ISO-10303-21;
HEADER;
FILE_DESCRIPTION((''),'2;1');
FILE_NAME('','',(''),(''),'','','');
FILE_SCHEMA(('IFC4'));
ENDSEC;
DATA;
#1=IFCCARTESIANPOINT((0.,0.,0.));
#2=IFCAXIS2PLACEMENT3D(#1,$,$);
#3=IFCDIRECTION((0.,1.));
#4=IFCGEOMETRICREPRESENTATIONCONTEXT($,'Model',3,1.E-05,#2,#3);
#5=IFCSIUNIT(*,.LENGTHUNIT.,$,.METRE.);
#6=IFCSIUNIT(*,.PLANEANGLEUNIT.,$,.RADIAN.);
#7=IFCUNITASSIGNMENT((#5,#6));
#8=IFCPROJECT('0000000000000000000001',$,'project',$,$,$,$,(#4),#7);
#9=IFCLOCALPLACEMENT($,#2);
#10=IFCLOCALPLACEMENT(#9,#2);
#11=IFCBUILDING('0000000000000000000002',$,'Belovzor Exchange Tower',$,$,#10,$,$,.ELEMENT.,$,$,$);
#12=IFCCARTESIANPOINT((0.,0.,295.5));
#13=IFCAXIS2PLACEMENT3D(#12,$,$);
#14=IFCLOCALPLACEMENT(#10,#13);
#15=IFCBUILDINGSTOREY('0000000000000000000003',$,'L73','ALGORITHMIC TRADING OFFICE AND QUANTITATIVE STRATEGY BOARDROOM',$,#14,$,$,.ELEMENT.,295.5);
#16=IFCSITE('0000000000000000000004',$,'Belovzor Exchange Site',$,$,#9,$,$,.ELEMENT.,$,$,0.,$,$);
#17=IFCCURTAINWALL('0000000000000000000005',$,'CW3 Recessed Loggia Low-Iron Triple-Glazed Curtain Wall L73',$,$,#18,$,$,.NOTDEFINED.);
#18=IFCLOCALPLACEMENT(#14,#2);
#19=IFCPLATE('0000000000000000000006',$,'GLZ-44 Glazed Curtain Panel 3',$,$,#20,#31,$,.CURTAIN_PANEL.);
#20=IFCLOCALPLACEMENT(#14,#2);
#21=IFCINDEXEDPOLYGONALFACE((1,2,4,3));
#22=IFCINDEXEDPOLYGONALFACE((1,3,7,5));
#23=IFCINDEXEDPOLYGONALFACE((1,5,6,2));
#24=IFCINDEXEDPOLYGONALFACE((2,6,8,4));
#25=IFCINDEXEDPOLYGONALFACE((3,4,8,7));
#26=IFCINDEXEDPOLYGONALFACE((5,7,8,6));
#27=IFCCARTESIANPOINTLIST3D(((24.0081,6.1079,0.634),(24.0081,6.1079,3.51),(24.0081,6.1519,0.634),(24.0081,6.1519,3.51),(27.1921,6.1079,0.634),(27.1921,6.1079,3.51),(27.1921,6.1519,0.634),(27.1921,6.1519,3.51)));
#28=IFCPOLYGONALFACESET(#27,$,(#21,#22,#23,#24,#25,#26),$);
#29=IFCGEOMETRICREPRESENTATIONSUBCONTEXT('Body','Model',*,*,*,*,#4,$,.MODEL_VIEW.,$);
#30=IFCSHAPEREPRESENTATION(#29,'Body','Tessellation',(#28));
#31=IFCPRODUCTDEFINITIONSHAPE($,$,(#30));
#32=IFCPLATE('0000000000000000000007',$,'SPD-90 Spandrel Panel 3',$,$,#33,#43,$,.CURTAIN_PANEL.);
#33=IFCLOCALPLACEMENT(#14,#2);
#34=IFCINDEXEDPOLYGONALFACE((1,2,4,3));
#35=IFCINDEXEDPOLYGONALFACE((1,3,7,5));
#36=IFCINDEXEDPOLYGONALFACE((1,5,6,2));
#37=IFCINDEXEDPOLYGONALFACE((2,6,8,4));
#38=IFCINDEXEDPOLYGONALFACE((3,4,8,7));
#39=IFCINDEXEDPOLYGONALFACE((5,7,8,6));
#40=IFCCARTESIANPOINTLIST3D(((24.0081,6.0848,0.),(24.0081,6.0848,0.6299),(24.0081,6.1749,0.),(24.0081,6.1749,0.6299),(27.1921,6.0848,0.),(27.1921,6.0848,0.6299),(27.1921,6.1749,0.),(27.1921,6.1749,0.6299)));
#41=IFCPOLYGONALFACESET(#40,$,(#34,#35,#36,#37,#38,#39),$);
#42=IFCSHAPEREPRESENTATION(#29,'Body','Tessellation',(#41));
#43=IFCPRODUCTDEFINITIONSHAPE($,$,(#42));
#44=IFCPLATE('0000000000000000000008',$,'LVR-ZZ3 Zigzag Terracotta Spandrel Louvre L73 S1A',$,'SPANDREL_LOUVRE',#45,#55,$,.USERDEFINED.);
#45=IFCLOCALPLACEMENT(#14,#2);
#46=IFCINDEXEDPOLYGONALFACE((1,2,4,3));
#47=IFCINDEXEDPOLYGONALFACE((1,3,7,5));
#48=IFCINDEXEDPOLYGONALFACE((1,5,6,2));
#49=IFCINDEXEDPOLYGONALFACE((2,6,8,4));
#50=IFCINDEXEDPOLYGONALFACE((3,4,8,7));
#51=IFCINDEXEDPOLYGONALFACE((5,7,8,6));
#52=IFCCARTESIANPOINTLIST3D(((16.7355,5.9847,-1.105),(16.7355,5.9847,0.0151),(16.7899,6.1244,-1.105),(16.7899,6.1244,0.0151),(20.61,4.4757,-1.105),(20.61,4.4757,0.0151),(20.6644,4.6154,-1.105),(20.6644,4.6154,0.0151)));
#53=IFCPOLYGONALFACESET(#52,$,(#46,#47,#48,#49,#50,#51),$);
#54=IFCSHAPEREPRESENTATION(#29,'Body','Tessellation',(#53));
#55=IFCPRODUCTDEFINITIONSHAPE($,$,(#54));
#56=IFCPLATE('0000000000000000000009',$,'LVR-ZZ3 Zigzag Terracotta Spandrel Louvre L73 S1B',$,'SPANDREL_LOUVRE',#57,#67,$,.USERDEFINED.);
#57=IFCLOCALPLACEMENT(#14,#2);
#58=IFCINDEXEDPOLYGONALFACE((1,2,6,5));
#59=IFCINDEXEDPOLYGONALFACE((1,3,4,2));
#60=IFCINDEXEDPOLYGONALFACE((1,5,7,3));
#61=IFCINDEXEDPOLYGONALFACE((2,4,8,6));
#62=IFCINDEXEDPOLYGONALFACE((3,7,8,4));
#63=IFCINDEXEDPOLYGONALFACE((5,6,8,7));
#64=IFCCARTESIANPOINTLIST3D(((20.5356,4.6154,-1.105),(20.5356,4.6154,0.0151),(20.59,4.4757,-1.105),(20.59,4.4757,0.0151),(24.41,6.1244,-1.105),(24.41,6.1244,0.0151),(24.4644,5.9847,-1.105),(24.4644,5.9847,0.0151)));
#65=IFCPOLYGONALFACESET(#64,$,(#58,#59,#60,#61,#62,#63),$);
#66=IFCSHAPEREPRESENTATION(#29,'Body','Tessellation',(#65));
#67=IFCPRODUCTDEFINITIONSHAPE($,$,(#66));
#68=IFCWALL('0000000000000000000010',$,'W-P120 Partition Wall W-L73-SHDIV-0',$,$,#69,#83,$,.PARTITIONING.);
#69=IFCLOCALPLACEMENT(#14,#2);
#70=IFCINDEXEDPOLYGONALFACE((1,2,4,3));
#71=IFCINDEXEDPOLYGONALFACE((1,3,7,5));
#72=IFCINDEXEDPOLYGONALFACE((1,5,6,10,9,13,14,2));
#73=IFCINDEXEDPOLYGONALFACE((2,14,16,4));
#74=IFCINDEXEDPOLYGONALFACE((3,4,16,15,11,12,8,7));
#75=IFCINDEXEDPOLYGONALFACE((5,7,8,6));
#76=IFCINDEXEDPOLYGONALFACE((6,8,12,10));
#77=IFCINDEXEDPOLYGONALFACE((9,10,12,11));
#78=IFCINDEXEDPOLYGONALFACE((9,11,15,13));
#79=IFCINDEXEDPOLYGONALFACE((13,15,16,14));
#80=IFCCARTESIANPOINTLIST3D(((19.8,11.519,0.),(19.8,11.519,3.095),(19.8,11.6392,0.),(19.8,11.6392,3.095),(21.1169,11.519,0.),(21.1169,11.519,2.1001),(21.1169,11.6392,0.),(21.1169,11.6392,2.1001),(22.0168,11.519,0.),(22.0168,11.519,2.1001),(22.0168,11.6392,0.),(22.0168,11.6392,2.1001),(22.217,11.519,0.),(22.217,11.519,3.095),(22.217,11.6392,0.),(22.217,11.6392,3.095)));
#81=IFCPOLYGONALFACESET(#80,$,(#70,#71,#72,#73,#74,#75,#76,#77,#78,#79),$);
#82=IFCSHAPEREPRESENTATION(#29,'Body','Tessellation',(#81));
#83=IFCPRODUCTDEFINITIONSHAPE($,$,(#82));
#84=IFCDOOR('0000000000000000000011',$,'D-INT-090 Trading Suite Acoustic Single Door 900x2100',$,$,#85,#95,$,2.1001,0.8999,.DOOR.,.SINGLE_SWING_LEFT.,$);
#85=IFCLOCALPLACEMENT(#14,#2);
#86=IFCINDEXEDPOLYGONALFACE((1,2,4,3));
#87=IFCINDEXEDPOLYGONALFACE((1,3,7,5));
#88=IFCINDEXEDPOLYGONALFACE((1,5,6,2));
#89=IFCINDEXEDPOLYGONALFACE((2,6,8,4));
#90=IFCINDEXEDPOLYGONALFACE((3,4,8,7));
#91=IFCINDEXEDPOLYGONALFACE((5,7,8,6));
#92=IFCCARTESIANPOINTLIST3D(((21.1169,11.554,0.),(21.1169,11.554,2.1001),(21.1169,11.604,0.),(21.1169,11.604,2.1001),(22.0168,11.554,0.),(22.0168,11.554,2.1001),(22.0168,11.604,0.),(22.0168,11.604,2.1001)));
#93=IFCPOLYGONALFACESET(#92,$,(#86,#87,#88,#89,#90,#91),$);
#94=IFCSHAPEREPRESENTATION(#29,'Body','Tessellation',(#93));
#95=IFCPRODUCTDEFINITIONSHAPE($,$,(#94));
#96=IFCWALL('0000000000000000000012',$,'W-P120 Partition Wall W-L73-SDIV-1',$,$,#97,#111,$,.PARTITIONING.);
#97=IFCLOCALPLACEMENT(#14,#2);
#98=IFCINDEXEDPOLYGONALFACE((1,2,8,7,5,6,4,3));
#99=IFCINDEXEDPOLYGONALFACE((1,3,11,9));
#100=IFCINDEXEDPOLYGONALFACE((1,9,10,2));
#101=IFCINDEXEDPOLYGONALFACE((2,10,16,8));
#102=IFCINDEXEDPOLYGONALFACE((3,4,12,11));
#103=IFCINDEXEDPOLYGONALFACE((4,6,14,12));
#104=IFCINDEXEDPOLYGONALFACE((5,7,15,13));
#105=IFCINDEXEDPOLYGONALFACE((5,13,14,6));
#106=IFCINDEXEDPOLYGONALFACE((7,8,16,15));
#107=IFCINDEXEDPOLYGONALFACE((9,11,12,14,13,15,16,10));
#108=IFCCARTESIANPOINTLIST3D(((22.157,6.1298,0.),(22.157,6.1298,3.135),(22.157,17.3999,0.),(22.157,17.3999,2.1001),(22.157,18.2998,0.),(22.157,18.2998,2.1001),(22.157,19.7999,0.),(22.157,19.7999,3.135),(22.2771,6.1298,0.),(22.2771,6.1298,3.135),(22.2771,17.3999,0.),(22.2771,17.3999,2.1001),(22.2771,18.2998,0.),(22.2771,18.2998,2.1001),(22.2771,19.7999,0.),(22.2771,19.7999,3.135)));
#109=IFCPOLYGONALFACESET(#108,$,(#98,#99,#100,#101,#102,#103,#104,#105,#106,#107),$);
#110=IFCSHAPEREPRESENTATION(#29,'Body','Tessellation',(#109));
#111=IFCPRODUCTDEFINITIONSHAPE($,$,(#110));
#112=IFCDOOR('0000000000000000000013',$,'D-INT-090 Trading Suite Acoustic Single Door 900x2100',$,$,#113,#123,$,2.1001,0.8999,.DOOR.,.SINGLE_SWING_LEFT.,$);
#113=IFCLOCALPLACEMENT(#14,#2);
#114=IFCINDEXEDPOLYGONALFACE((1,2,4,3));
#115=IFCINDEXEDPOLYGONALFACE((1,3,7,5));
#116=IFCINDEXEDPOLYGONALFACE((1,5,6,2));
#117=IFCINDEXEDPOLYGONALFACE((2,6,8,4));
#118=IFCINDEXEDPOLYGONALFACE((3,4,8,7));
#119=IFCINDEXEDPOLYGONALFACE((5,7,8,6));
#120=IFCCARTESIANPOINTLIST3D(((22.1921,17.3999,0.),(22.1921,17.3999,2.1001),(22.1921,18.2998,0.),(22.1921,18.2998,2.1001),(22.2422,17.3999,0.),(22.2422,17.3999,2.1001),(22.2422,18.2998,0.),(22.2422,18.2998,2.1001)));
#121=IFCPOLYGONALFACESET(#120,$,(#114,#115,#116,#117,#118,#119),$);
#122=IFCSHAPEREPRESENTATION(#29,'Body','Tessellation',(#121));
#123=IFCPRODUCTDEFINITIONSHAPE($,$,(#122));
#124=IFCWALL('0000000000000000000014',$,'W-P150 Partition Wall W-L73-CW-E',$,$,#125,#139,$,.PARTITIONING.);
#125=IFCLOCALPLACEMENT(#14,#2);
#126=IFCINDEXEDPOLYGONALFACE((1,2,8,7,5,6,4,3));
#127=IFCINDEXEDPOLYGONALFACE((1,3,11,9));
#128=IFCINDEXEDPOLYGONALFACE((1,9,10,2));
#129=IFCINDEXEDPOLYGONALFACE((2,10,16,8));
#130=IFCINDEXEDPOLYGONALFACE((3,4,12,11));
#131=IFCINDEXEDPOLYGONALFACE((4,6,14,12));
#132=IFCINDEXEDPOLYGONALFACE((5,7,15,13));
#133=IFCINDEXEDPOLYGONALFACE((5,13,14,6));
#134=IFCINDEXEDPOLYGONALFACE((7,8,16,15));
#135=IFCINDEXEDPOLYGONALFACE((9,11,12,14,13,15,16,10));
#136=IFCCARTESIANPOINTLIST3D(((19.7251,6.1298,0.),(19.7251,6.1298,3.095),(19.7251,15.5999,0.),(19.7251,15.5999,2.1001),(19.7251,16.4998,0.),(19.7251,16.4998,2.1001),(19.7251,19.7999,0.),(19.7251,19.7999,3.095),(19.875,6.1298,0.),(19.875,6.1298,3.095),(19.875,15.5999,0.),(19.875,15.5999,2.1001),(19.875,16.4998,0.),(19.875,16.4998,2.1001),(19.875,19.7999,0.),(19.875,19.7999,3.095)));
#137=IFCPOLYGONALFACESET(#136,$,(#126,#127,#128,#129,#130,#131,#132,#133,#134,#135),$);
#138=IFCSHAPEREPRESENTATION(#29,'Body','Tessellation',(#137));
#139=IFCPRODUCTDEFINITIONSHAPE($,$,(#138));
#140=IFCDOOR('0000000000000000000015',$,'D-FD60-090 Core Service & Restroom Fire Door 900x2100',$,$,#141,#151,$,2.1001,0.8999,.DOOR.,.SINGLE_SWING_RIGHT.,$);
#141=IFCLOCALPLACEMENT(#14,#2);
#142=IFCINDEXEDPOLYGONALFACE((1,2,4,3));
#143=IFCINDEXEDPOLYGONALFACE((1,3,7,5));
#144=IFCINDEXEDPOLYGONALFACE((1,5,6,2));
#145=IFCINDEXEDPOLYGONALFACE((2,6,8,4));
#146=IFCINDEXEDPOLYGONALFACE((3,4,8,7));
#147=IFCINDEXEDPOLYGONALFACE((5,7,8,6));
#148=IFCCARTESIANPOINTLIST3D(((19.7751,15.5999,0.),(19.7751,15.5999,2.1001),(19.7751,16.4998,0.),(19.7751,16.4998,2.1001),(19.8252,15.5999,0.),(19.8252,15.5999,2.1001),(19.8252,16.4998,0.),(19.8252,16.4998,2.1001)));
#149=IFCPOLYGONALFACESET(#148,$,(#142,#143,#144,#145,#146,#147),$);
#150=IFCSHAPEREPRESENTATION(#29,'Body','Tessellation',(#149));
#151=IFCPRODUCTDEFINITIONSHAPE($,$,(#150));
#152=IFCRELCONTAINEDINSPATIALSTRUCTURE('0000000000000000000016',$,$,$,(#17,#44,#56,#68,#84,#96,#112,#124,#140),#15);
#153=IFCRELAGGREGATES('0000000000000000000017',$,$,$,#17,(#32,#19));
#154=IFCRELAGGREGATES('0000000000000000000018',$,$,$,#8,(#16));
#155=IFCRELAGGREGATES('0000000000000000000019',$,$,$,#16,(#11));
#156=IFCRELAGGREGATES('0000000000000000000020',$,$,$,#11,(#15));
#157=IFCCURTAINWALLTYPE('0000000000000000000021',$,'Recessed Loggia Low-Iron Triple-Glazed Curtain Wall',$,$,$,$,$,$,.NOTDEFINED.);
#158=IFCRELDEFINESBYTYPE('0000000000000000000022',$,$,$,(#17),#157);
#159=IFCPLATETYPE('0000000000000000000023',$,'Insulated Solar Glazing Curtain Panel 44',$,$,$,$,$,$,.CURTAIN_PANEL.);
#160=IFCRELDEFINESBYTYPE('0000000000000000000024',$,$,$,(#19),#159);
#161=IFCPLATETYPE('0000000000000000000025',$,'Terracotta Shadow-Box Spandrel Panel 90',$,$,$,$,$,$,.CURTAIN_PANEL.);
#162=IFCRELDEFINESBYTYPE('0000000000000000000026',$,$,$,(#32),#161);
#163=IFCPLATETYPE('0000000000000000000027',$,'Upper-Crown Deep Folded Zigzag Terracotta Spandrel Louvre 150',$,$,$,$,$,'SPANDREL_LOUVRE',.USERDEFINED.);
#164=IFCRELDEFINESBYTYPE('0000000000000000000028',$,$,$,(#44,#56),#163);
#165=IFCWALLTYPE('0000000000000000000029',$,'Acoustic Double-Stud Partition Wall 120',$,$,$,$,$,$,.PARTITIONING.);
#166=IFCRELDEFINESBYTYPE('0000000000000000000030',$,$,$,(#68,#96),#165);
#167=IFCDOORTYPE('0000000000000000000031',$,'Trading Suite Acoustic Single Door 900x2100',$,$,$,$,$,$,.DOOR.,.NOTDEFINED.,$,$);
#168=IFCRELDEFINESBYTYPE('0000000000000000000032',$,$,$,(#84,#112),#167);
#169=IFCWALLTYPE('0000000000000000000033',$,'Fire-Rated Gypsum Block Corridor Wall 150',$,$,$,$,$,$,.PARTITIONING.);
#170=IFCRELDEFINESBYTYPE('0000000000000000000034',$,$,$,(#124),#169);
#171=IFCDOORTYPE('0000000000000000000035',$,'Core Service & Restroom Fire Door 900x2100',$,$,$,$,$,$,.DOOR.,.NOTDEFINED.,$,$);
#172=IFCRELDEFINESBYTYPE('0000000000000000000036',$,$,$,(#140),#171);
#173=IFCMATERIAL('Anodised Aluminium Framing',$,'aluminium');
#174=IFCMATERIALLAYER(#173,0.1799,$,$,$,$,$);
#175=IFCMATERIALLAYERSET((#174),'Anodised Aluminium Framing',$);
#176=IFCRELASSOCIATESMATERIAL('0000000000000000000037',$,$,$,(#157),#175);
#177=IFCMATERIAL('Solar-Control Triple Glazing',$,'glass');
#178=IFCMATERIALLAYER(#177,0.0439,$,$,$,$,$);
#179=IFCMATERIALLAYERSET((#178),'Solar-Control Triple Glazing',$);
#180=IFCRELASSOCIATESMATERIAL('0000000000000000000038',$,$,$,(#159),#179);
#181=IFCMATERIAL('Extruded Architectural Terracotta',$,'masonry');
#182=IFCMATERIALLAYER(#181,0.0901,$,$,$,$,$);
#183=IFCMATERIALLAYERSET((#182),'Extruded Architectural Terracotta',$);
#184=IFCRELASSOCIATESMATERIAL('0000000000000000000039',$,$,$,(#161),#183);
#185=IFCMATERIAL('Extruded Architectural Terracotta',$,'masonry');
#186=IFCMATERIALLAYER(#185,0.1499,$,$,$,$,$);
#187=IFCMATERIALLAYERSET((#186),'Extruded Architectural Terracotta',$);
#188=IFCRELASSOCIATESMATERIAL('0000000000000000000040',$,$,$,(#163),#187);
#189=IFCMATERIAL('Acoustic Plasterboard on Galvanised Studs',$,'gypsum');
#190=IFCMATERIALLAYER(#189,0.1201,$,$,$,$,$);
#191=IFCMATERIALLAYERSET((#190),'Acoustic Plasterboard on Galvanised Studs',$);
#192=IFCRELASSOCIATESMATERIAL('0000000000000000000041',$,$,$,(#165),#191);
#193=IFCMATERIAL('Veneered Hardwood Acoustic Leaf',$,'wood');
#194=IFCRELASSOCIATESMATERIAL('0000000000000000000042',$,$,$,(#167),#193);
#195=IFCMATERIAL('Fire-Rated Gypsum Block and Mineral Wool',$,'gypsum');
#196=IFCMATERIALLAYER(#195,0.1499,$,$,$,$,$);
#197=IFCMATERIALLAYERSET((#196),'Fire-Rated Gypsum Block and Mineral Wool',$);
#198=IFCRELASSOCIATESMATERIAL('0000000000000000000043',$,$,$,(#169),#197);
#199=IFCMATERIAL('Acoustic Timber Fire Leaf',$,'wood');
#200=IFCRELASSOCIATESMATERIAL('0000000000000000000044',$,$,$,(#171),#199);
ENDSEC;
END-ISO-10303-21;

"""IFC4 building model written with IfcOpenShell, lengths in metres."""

from ifc_helpers import new_model, si_unit, direction, frame, frame_2d, origin, origin_2d, place, context, subcontext, project, spatial, rectangle, extrude, material, layer, layer_set, type_object, element, fill, aggregate, save


model = new_model("IFC4")

# Units and contexts
model_context = context("Model", 3, precision=1e-05, world=origin(), true_north=direction((0.0, 1.0)))
body_context = subcontext(model_context, "Body", "Model", "MODEL_VIEW")
ifc_project = project(units=[si_unit("LENGTHUNIT", "METRE"), si_unit("PLANEANGLEUNIT", "RADIAN")], contexts=[model_context])

# Site, building, storey
site_placement = place(None, origin())
site = spatial("IfcSite", under=ifc_project, at=site_placement, Name="Belovzor Exchange Site", CompositionType="ELEMENT", RefElevation=0.0)
building_placement = place(site_placement, origin())
building = spatial("IfcBuilding", under=site, at=building_placement, Name="Belovzor Exchange Tower", CompositionType="ELEMENT")
storey_placement = place(building_placement, frame((0.0, 0.0, 295.5)))
storey = spatial("IfcBuildingStorey", under=building, at=storey_placement, Name="L73", Description="ALGORITHMIC TRADING OFFICE AND QUANTITATIVE STRATEGY BOARDROOM", CompositionType="ELEMENT", Elevation=295.5)

# Curtain wall
ifc_material_1 = material(Name="Anodised Aluminium Framing", Category="aluminium")
ifc_layer_1 = layer(ifc_material_1, 0.1799)
ifc_layer_set_1 = layer_set([ifc_layer_1], Name="Anodised Aluminium Framing")
curtain_wall_type = type_object("IfcCurtainWallType", Name="Recessed Loggia Low-Iron Triple-Glazed Curtain Wall", PredefinedType="NOTDEFINED", material=ifc_layer_set_1)
curtain_wall_placement = place(storey_placement, origin())
curtain_wall = element("IfcCurtainWall", 1, at=curtain_wall_placement, inside=storey, type_object=curtain_wall_type, Name="CW3 Recessed Loggia Low-Iron Triple-Glazed Curtain Wall L73", PredefinedType="NOTDEFINED")

# Plates
ifc_material_2 = material(Name="Solar-Control Triple Glazing", Category="glass")
ifc_layer_2 = layer(ifc_material_2, 0.0439)
ifc_layer_set_2 = layer_set([ifc_layer_2], Name="Solar-Control Triple Glazing")
plate_type_1 = type_object("IfcPlateType", Name="Insulated Solar Glazing Curtain Panel 44", PredefinedType="CURTAIN_PANEL", material=ifc_layer_set_2)
plate_1_placement = place(storey_placement, frame((25.6001, 6.1299, 0.634), z_axis=(0.0, 0.0, 1.0), x_axis=(-1.0, 0.0, 0.0)))
plate_1 = element("IfcPlate", 2, at=plate_1_placement, type_object=plate_type_1, Name="GLZ-44 Glazed Curtain Panel 3", PredefinedType="CURTAIN_PANEL", context=body_context, shape_type="SweptSolid", body=[
    extrude(rectangle(XDim=3.1841, YDim=0.0439, at=origin_2d()), origin(), (0.0, 0.0, 1.0), 2.876),
])
ifc_material_3 = material(Name="Extruded Architectural Terracotta", Category="masonry")
ifc_layer_3 = layer(ifc_material_3, 0.0901)
ifc_layer_set_3 = layer_set([ifc_layer_3], Name="Extruded Architectural Terracotta")
plate_type_2 = type_object("IfcPlateType", Name="Terracotta Shadow-Box Spandrel Panel 90", PredefinedType="CURTAIN_PANEL", material=ifc_layer_set_3)
plate_2_placement = place(storey_placement, frame((25.6001, 6.1299, 0.0), z_axis=(0.0, 0.0, 1.0), x_axis=(-1.0, 0.0, 0.0)))
plate_2 = element("IfcPlate", 3, at=plate_2_placement, type_object=plate_type_2, Name="SPD-90 Spandrel Panel 3", PredefinedType="CURTAIN_PANEL", context=body_context, shape_type="SweptSolid", body=[
    extrude(rectangle(XDim=3.1841, YDim=0.0901, at=origin_2d()), origin(), (0.0, 0.0, 1.0), 0.6299),
])
aggregate(curtain_wall, [plate_2, plate_1])

# Plates
ifc_material_4 = material(Name="Extruded Architectural Terracotta", Category="masonry")
ifc_layer_4 = layer(ifc_material_4, 0.1499)
ifc_layer_set_4 = layer_set([ifc_layer_4], Name="Extruded Architectural Terracotta")
plate_type_3 = type_object("IfcPlateType", Name="Upper-Crown Deep Folded Zigzag Terracotta Spandrel Louvre 150", ElementType="SPANDREL_LOUVRE", PredefinedType="USERDEFINED", material=ifc_layer_set_4)
for number, where, z_axis, x_axis, name in (
    (4, (18.7, 5.3, -1.105), (0.0, 0.0, 1.0), (0.931818, -0.362926, 0.0), "LVR-ZZ3 Zigzag Terracotta Spandrel Louvre L73 S1A"),
    (5, (22.5, 5.3, -1.105), (0.0, 0.0, 1.0), (0.931818, 0.362926, 0.0), "LVR-ZZ3 Zigzag Terracotta Spandrel Louvre L73 S1B"),
):
    element("IfcPlate", number, at=place(storey_placement, frame(where, z_axis=z_axis, x_axis=x_axis)), inside=storey, type_object=plate_type_3, Name=name, ObjectType="SPANDREL_LOUVRE", PredefinedType="USERDEFINED", context=body_context, shape_type="SweptSolid", body=[
        extrude(rectangle(XDim=4.158, YDim=0.1499, at=origin_2d()), origin(), (0.0, 0.0, 1.0), 1.1201),
    ])

# Walls, openings, doors
ifc_material_5 = material(Name="Acoustic Plasterboard on Galvanised Studs", Category="gypsum")
ifc_layer_5 = layer(ifc_material_5, 0.1201)
ifc_layer_set_5 = layer_set([ifc_layer_5], Name="Acoustic Plasterboard on Galvanised Studs")
wall_type_1 = type_object("IfcWallType", Name="Acoustic Double-Stud Partition Wall 120", PredefinedType="PARTITIONING", material=ifc_layer_set_5)
wall_1_placement = place(storey_placement, frame((19.8, 11.5791, 0.0), z_axis=(0.0, 0.0, 1.0), x_axis=(1.0, 0.0, 0.0)))
wall_1 = element("IfcWall", 6, at=wall_1_placement, inside=storey, type_object=wall_type_1, Name="W-P120 Partition Wall W-L73-SHDIV-0", PredefinedType="PARTITIONING", context=body_context, shape_type="SweptSolid", body=[
    extrude(rectangle(XDim=2.417, YDim=0.1201, at=frame_2d((1.2085, 0.0))), origin(), (0.0, 0.0, 1.0), 3.095),
])
opening_1_placement = place(wall_1_placement, frame((1.3169, 0.0, 0.0)))
opening_1 = element("IfcOpeningElement", 7, at=opening_1_placement, cuts=wall_1, PredefinedType="OPENING", context=body_context, shape_type="SweptSolid", body=[
    extrude(rectangle(XDim=0.8999, YDim=2.1001, at=frame_2d((0.45, 1.05))), frame((0.0, 0.0701, 0.0), z_axis=(0.0, -1.0, 0.0), x_axis=(1.0, 0.0, 0.0)), (0.0, 0.0, 1.0), 0.1401),
])
ifc_material_6 = material(Name="Veneered Hardwood Acoustic Leaf", Category="wood")
door_type_1 = type_object("IfcDoorType", Name="Trading Suite Acoustic Single Door 900x2100", OperationType="NOTDEFINED", PredefinedType="DOOR", material=ifc_material_6)
door_1_placement = place(opening_1_placement, origin())
door_1 = element("IfcDoor", 8, at=door_1_placement, inside=storey, type_object=door_type_1, Name="D-INT-090 Trading Suite Acoustic Single Door 900x2100", OperationType="SINGLE_SWING_LEFT", OverallHeight=2.1001, OverallWidth=0.8999, PredefinedType="DOOR", context=body_context, shape_type="SweptSolid", body=[
    extrude(rectangle(XDim=0.8999, YDim=2.1001, at=frame_2d((0.45, 1.05))), frame((0.0, 0.0249, 0.0), z_axis=(0.0, -1.0, 0.0), x_axis=(1.0, 0.0, 0.0)), (0.0, 0.0, 1.0), 0.05),
])
fill(opening_1, door_1)
wall_2_placement = place(storey_placement, frame((22.217, 6.1299, 0.0), z_axis=(0.0, 0.0, 1.0), x_axis=(0.0, 1.0, 0.0)))
wall_2 = element("IfcWall", 9, at=wall_2_placement, inside=storey, type_object=wall_type_1, Name="W-P120 Partition Wall W-L73-SDIV-1", PredefinedType="PARTITIONING", context=body_context, shape_type="SweptSolid", body=[
    extrude(rectangle(XDim=13.6702, YDim=0.1201, at=frame_2d((6.835, 0.0))), origin(), (0.0, 0.0, 1.0), 3.135),
])
opening_2_placement = place(wall_2_placement, frame((11.27, 0.0, 0.0)))
opening_2 = element("IfcOpeningElement", 10, at=opening_2_placement, cuts=wall_2, PredefinedType="OPENING", context=body_context, shape_type="SweptSolid", body=[
    extrude(rectangle(XDim=0.8999, YDim=2.1001, at=frame_2d((0.45, 1.05))), frame((0.0, 0.0701, 0.0), z_axis=(0.0, -1.0, 0.0), x_axis=(1.0, 0.0, 0.0)), (0.0, 0.0, 1.0), 0.1401),
])
door_2_placement = place(opening_2_placement, origin())
door_2 = element("IfcDoor", 11, at=door_2_placement, inside=storey, type_object=door_type_1, Name="D-INT-090 Trading Suite Acoustic Single Door 900x2100", OperationType="SINGLE_SWING_LEFT", OverallHeight=2.1001, OverallWidth=0.8999, PredefinedType="DOOR", context=body_context, shape_type="SweptSolid", body=[
    extrude(rectangle(XDim=0.8999, YDim=2.1001, at=frame_2d((0.45, 1.05))), frame((0.0, 0.0249, 0.0), z_axis=(0.0, -1.0, 0.0), x_axis=(1.0, 0.0, 0.0)), (0.0, 0.0, 1.0), 0.05),
])
fill(opening_2, door_2)
ifc_material_7 = material(Name="Fire-Rated Gypsum Block and Mineral Wool", Category="gypsum")
ifc_layer_6 = layer(ifc_material_7, 0.1499)
ifc_layer_set_6 = layer_set([ifc_layer_6], Name="Fire-Rated Gypsum Block and Mineral Wool")
wall_type_2 = type_object("IfcWallType", Name="Fire-Rated Gypsum Block Corridor Wall 150", PredefinedType="PARTITIONING", material=ifc_layer_set_6)
wall_3_placement = place(storey_placement, frame((19.8, 6.1299, 0.0), z_axis=(0.0, 0.0, 1.0), x_axis=(0.0, 1.0, 0.0)))
wall_3 = element("IfcWall", 12, at=wall_3_placement, inside=storey, type_object=wall_type_2, Name="W-P150 Partition Wall W-L73-CW-E", PredefinedType="PARTITIONING", context=body_context, shape_type="SweptSolid", body=[
    extrude(rectangle(XDim=13.6702, YDim=0.1499, at=frame_2d((6.835, 0.0))), origin(), (0.0, 0.0, 1.0), 3.095),
])
opening_3_placement = place(wall_3_placement, frame((9.47, 0.0, 0.0)))
opening_3 = element("IfcOpeningElement", 13, at=opening_3_placement, cuts=wall_3, PredefinedType="OPENING", context=body_context, shape_type="SweptSolid", body=[
    extrude(rectangle(XDim=0.8999, YDim=2.1001, at=frame_2d((0.45, 1.05))), frame((0.0, 0.085, 0.0), z_axis=(0.0, -1.0, 0.0), x_axis=(1.0, 0.0, 0.0)), (0.0, 0.0, 1.0), 0.1699),
])
ifc_material_8 = material(Name="Acoustic Timber Fire Leaf", Category="wood")
door_type_2 = type_object("IfcDoorType", Name="Core Service & Restroom Fire Door 900x2100", OperationType="NOTDEFINED", PredefinedType="DOOR", material=ifc_material_8)
door_3_placement = place(opening_3_placement, origin())
door_3 = element("IfcDoor", 14, at=door_3_placement, inside=storey, type_object=door_type_2, Name="D-FD60-090 Core Service & Restroom Fire Door 900x2100", OperationType="SINGLE_SWING_RIGHT", OverallHeight=2.1001, OverallWidth=0.8999, PredefinedType="DOOR", context=body_context, shape_type="SweptSolid", body=[
    extrude(rectangle(XDim=0.8999, YDim=2.1001, at=frame_2d((0.45, 1.05))), frame((0.0, 0.0249, 0.0), z_axis=(0.0, -1.0, 0.0), x_axis=(1.0, 0.0, 0.0)), (0.0, 0.0, 1.0), 0.05),
])
fill(opening_3, door_3)

save(model, "model.ifc")
